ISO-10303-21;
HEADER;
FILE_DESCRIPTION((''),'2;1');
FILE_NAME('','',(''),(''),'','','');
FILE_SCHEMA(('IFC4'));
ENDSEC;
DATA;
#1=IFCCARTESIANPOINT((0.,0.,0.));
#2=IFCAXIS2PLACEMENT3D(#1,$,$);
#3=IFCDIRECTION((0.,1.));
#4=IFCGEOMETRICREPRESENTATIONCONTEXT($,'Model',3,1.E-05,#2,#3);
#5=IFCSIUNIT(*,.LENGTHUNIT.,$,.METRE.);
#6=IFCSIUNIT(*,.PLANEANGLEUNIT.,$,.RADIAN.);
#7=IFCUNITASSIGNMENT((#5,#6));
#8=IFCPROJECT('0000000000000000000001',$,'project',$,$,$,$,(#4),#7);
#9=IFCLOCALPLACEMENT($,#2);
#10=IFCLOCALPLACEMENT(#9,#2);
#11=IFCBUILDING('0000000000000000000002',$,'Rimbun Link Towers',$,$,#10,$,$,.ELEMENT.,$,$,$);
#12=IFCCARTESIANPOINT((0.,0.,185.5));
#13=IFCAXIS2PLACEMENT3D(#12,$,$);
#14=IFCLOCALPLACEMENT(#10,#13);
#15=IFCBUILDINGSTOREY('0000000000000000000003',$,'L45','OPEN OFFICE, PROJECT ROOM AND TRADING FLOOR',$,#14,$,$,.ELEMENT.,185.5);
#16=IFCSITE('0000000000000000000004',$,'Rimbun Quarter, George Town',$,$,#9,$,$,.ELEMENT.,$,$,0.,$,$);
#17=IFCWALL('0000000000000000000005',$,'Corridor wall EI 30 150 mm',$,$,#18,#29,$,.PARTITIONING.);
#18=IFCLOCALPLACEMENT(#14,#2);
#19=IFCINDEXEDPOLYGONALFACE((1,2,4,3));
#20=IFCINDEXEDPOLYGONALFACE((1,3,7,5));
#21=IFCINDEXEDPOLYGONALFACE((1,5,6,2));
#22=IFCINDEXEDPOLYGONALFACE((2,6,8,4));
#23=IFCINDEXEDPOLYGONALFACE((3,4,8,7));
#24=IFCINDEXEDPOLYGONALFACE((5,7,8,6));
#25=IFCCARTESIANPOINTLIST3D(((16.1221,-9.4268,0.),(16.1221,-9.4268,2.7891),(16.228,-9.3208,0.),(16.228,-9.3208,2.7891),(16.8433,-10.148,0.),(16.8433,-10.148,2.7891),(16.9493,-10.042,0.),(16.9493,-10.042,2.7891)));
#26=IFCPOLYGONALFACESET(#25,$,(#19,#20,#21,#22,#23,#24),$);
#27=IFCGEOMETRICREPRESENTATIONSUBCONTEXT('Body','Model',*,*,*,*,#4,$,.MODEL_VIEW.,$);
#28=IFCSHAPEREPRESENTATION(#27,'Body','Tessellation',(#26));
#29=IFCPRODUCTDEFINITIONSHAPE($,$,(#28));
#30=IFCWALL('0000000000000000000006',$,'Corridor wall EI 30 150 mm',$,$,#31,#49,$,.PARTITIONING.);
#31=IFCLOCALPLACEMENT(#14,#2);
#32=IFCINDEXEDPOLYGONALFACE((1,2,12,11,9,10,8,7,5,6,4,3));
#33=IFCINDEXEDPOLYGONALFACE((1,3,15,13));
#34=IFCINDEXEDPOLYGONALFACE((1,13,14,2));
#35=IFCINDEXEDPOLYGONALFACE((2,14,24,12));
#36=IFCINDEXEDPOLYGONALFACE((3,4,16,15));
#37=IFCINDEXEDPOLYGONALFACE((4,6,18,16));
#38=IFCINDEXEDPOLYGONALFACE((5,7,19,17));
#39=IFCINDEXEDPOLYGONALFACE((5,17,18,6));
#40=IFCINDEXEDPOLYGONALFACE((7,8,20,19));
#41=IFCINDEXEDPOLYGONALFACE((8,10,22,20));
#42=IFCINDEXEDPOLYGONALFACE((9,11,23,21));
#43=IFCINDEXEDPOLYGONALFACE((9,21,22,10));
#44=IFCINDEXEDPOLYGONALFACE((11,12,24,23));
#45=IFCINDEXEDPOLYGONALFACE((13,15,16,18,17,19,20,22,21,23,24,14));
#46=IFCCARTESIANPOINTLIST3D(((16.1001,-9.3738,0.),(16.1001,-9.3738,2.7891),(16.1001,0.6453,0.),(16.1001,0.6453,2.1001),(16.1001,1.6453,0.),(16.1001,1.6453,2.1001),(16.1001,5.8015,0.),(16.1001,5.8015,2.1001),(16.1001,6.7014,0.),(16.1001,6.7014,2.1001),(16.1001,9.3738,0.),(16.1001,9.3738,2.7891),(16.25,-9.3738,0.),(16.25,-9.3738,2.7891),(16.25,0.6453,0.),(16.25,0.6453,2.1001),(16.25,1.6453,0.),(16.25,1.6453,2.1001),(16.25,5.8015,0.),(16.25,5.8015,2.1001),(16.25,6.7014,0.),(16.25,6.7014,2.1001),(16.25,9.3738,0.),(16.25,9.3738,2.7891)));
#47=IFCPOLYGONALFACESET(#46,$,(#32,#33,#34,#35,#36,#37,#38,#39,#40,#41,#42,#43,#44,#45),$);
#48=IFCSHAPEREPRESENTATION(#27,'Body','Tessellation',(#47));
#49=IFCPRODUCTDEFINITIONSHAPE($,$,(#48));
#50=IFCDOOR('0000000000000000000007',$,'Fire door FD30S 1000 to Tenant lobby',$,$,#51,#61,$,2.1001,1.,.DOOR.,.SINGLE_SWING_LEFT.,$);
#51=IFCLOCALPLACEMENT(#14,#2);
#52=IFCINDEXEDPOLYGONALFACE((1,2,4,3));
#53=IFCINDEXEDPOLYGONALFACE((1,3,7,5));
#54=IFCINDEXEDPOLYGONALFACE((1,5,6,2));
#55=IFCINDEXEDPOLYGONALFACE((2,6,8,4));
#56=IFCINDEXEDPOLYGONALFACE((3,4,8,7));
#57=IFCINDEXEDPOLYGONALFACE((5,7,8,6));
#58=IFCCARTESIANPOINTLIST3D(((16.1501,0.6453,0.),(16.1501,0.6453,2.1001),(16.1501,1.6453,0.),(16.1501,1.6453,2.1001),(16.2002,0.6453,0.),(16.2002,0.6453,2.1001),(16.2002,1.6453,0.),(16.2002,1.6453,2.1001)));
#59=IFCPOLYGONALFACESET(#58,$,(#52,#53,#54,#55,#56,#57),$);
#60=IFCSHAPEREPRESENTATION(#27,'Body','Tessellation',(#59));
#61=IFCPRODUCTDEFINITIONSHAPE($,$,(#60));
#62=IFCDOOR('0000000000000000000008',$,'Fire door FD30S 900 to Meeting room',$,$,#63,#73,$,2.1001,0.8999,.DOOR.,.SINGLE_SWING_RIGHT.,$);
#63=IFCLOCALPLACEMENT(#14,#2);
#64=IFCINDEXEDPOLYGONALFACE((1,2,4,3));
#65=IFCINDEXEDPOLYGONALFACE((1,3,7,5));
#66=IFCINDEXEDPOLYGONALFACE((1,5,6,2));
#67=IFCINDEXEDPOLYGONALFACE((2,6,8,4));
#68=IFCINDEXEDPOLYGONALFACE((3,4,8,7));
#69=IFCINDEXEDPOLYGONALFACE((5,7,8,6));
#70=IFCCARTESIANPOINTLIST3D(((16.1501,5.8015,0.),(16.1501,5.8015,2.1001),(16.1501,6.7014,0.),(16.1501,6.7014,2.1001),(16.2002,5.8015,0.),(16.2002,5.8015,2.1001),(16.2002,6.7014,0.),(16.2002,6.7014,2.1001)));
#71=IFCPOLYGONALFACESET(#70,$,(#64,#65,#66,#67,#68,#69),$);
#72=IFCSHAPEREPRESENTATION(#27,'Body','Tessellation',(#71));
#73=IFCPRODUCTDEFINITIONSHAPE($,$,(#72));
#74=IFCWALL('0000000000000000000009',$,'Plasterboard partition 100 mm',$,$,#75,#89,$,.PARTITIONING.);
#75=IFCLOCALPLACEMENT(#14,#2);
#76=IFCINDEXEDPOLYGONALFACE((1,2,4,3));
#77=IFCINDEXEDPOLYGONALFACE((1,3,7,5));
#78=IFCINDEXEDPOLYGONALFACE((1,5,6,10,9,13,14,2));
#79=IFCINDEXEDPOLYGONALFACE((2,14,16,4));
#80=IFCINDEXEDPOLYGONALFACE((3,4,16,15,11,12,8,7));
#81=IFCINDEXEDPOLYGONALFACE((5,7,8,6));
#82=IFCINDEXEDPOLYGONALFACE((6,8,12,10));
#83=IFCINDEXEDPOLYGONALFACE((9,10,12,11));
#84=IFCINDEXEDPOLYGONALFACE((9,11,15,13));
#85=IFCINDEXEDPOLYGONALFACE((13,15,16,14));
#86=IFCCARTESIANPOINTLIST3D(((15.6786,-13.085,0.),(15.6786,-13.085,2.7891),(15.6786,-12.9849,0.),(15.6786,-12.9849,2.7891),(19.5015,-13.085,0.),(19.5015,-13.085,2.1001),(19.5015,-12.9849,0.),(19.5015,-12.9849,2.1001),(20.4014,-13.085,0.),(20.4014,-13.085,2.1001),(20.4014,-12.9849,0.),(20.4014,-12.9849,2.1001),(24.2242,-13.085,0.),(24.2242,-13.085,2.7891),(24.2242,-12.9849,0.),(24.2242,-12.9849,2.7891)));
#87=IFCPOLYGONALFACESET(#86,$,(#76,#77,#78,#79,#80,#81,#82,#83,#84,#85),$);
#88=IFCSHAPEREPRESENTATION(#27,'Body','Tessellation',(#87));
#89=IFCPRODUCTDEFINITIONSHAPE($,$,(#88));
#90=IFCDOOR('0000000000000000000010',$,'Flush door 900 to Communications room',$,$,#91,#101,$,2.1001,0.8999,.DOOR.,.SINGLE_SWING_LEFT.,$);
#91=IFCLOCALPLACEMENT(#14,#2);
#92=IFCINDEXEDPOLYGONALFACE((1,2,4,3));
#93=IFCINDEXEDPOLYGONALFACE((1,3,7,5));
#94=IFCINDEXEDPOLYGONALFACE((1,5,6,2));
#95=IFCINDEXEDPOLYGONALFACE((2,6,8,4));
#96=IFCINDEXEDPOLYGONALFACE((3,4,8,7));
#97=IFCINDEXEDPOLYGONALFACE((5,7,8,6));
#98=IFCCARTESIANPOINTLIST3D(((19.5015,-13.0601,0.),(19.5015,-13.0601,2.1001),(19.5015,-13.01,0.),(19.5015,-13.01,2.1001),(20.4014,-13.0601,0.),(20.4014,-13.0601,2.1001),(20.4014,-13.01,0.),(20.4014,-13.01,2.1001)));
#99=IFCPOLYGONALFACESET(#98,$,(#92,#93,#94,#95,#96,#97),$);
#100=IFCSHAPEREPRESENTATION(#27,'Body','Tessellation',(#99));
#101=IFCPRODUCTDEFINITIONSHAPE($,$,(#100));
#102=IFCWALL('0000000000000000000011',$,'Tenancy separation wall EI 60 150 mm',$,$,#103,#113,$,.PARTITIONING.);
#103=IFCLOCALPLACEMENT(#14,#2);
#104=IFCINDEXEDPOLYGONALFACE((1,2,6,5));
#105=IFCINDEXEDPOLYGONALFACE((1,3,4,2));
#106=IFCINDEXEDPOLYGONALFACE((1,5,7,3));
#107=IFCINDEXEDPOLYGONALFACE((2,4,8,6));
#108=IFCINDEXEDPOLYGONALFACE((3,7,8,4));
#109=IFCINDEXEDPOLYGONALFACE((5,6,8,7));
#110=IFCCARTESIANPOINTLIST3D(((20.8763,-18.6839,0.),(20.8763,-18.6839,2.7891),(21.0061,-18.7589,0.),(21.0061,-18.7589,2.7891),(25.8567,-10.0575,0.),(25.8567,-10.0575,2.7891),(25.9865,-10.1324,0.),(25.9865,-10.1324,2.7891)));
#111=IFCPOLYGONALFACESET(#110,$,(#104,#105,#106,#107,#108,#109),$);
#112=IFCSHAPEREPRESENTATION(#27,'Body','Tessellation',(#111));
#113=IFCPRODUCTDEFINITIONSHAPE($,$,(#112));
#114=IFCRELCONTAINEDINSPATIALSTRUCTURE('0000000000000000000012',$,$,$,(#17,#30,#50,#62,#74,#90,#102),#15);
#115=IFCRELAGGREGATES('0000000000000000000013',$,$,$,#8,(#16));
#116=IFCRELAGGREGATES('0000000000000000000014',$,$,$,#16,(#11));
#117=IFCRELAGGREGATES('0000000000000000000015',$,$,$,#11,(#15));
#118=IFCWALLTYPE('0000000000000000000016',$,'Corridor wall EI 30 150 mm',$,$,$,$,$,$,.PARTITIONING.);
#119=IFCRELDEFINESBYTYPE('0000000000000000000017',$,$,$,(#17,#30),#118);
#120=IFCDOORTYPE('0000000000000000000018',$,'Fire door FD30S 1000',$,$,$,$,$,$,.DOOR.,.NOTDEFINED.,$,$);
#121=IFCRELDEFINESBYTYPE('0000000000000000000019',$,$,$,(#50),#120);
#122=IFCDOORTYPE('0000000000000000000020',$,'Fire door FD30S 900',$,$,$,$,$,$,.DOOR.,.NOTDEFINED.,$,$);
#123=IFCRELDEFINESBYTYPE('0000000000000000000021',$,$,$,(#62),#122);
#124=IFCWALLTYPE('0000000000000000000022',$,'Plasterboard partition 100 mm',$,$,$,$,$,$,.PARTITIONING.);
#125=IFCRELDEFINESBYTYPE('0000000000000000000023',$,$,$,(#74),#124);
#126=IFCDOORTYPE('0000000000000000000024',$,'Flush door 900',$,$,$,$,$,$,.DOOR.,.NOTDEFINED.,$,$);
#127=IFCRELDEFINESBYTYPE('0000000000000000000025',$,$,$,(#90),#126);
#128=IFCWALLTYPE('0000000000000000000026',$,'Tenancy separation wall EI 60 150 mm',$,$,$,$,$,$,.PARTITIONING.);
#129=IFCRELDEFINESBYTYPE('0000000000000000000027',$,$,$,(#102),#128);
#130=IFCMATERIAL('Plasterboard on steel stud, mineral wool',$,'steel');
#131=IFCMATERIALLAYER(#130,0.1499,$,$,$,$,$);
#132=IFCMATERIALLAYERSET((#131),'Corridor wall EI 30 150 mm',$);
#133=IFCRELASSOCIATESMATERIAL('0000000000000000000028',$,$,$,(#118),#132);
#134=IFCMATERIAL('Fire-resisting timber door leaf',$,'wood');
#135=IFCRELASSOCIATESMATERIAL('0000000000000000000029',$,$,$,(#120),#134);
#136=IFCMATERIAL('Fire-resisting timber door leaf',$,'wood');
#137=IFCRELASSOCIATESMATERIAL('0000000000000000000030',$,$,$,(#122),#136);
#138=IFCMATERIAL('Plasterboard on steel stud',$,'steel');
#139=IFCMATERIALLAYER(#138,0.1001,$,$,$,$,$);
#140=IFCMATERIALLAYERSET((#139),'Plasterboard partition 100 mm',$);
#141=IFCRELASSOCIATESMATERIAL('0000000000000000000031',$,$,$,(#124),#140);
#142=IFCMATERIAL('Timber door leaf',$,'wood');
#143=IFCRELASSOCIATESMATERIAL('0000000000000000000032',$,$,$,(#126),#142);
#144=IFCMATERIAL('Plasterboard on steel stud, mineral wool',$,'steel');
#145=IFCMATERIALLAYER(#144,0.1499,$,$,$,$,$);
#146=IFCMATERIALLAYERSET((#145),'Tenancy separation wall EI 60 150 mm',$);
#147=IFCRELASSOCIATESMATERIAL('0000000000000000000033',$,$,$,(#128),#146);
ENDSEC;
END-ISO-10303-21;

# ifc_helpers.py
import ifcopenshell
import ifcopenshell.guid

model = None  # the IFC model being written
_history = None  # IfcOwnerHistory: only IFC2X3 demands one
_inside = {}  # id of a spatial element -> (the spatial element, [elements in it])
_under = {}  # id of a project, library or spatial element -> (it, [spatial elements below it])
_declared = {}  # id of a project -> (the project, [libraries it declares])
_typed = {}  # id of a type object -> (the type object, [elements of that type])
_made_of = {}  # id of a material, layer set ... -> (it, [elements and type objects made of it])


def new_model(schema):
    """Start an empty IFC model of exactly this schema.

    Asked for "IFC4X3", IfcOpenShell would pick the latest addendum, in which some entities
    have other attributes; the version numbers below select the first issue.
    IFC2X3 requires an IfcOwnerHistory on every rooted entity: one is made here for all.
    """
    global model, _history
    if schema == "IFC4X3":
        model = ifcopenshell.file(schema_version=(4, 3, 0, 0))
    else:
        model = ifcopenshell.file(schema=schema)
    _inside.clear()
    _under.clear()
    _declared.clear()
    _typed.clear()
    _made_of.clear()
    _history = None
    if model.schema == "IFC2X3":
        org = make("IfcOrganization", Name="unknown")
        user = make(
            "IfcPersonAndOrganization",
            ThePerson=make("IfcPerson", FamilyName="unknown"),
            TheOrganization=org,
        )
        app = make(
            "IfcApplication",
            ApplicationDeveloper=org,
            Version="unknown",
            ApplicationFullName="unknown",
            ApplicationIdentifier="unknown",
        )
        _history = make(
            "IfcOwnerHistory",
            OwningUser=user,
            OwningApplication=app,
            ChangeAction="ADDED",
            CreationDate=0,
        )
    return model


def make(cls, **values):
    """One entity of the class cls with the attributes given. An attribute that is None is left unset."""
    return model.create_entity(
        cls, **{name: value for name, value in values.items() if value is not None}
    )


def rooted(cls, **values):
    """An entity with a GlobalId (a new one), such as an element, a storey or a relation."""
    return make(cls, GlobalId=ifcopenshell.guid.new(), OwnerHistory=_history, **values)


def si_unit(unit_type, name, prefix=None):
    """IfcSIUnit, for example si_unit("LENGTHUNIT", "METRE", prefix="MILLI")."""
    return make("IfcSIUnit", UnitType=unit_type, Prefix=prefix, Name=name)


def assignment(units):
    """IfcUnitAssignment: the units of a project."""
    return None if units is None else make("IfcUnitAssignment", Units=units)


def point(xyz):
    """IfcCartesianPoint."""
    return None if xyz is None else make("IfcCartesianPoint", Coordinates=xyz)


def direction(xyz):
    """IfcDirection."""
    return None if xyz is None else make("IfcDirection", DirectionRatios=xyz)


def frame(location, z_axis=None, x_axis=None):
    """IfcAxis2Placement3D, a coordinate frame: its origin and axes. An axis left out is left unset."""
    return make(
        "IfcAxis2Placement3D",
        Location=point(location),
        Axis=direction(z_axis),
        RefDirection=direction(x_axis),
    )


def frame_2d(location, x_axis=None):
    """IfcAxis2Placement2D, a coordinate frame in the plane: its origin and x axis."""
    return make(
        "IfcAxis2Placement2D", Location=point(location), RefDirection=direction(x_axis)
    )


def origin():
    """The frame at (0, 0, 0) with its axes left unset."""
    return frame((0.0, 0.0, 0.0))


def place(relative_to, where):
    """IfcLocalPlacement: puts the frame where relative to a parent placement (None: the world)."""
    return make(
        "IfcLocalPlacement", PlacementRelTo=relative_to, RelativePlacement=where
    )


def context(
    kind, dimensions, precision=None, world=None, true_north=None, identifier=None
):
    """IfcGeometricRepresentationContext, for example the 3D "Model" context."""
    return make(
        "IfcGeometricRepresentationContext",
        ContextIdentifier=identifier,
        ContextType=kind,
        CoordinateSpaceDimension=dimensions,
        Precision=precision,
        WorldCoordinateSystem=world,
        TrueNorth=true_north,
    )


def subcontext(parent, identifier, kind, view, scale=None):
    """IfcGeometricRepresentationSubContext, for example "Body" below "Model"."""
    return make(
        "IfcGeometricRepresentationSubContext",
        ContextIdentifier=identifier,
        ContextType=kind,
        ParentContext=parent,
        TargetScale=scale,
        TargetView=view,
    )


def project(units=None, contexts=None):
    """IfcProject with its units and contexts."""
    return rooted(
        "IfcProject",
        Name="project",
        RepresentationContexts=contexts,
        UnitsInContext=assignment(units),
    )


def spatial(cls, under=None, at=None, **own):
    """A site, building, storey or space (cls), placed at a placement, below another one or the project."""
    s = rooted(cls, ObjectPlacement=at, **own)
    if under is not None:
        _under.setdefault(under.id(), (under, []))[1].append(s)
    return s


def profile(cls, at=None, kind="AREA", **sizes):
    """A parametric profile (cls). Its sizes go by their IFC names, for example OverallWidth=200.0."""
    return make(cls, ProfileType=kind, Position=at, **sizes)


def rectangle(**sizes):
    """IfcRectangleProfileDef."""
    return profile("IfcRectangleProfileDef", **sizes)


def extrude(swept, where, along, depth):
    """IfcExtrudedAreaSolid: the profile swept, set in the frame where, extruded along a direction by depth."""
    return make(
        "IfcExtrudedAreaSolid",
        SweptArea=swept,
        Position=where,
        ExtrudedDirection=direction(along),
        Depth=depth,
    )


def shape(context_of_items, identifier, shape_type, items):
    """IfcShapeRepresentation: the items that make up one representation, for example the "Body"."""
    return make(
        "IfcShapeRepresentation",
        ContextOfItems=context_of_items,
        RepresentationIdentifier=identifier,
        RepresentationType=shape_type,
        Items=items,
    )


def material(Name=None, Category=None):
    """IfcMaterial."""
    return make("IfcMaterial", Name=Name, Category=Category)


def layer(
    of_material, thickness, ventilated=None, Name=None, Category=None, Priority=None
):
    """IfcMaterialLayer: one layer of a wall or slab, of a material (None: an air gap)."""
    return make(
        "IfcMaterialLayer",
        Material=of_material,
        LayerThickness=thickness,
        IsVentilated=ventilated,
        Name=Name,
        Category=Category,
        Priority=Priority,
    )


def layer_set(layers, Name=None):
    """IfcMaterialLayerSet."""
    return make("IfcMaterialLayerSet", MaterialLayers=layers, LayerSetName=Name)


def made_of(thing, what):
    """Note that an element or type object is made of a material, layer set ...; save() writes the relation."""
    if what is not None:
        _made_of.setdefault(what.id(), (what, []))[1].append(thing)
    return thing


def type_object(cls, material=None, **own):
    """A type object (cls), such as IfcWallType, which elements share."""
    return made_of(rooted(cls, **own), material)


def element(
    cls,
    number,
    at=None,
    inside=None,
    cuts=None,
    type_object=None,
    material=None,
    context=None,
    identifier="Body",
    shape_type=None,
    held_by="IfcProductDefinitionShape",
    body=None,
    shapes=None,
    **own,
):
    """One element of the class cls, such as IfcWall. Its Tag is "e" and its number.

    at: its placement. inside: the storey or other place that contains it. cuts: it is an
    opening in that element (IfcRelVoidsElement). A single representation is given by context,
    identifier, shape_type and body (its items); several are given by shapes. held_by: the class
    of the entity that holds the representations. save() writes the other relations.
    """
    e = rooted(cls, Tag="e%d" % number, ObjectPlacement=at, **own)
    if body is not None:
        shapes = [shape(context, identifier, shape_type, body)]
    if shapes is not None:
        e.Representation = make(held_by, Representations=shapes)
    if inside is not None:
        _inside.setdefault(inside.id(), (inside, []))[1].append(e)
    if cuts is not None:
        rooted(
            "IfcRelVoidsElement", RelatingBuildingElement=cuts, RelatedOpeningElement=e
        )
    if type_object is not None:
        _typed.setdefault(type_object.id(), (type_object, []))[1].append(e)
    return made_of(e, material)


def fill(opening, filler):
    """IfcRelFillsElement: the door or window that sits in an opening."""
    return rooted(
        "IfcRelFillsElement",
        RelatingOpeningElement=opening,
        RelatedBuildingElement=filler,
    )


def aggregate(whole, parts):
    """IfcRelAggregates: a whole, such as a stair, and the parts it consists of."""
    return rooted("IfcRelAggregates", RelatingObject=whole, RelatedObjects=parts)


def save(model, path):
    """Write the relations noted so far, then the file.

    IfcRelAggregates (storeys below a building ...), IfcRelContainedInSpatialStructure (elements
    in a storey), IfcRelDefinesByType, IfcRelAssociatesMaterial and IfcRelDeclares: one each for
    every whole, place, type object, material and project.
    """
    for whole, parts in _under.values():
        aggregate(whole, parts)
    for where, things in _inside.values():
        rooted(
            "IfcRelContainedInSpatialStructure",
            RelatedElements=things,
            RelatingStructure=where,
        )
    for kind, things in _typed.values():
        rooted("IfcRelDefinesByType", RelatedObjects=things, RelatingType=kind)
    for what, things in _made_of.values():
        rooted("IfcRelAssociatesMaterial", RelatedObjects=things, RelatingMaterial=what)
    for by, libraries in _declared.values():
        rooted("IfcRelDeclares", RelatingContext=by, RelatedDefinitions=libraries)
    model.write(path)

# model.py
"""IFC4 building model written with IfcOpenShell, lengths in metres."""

from ifc_helpers import new_model, si_unit, direction, frame, frame_2d, origin, place, context, subcontext, project, spatial, rectangle, extrude, material, layer, layer_set, type_object, element, fill, save


model = new_model("IFC4")

# Units and contexts
model_context = context("Model", 3, precision=1e-05, world=origin(), true_north=direction((0.0, 1.0)))
body_context = subcontext(model_context, "Body", "Model", "MODEL_VIEW")
ifc_project = project(units=[si_unit("LENGTHUNIT", "METRE"), si_unit("PLANEANGLEUNIT", "RADIAN")], contexts=[model_context])

# Site, building, storey
site_placement = place(None, origin())
site = spatial("IfcSite", under=ifc_project, at=site_placement, Name="Rimbun Quarter, George Town", CompositionType="ELEMENT", RefElevation=0.0)
building_placement = place(site_placement, origin())
building = spatial("IfcBuilding", under=site, at=building_placement, Name="Rimbun Link Towers", CompositionType="ELEMENT")
storey_placement = place(building_placement, frame((0.0, 0.0, 185.5)))
storey = spatial("IfcBuildingStorey", under=building, at=storey_placement, Name="L45", Description="OPEN OFFICE, PROJECT ROOM AND TRADING FLOOR", CompositionType="ELEMENT", Elevation=185.5)

# Wall
ifc_material_1 = material(Name="Plasterboard on steel stud, mineral wool", Category="steel")
ifc_layer_1 = layer(ifc_material_1, 0.1499)
ifc_layer_set_1 = layer_set([ifc_layer_1], Name="Corridor wall EI 30 150 mm")
wall_type_1 = type_object("IfcWallType", Name="Corridor wall EI 30 150 mm", PredefinedType="PARTITIONING", material=ifc_layer_set_1)
wall_1_placement = place(storey_placement, frame((16.175, -9.3738, 0.0), z_axis=(0.0, 0.0, 1.0), x_axis=(0.707107, -0.707107, 0.0)))
element("IfcWall", 1, at=wall_1_placement, inside=storey, type_object=wall_type_1, Name="Corridor wall EI 30 150 mm", PredefinedType="PARTITIONING", context=body_context, shape_type="SweptSolid", body=[
    extrude(rectangle(XDim=1.02, YDim=0.1499, at=frame_2d((0.51, 0.0))), origin(), (0.0, 0.0, 1.0), 2.7891),
])

# Wall, openings, doors
wall_2_placement = place(storey_placement, frame((16.175, -9.3738, 0.0), z_axis=(0.0, 0.0, 1.0), x_axis=(0.0, 1.0, 0.0)))
wall_2 = element("IfcWall", 2, at=wall_2_placement, inside=storey, type_object=wall_type_1, Name="Corridor wall EI 30 150 mm", PredefinedType="PARTITIONING", context=body_context, shape_type="SweptSolid", body=[
    extrude(rectangle(XDim=18.7476, YDim=0.1499, at=frame_2d((9.3738, 0.0))), origin(), (0.0, 0.0, 1.0), 2.7891),
])
opening_1_placement = place(wall_2_placement, frame((15.1753, 0.0, 0.0)))
opening_1 = element("IfcOpeningElement", 3, at=opening_1_placement, cuts=wall_2, PredefinedType="OPENING", context=body_context, shape_type="SweptSolid", body=[
    extrude(rectangle(XDim=0.8999, YDim=2.1001, at=frame_2d((0.45, 1.05))), frame((0.0, 0.085, 0.0), z_axis=(0.0, -1.0, 0.0), x_axis=(1.0, 0.0, 0.0)), (0.0, 0.0, 1.0), 0.1699),
])
opening_2_placement = place(wall_2_placement, frame((10.019, 0.0, 0.0)))
opening_2 = element("IfcOpeningElement", 4, at=opening_2_placement, cuts=wall_2, PredefinedType="OPENING", context=body_context, shape_type="SweptSolid", body=[
    extrude(rectangle(XDim=1.0, YDim=2.1001, at=frame_2d((0.5, 1.05))), frame((0.0, 0.085, 0.0), z_axis=(0.0, -1.0, 0.0), x_axis=(1.0, 0.0, 0.0)), (0.0, 0.0, 1.0), 0.1699),
])
ifc_material_2 = material(Name="Fire-resisting timber door leaf", Category="wood")
door_type_1 = type_object("IfcDoorType", Name="Fire door FD30S 1000", OperationType="NOTDEFINED", PredefinedType="DOOR", material=ifc_material_2)
door_1_placement = place(opening_2_placement, origin())
door_1 = element("IfcDoor", 5, at=door_1_placement, inside=storey, type_object=door_type_1, Name="Fire door FD30S 1000 to Tenant lobby", OperationType="SINGLE_SWING_LEFT", OverallHeight=2.1001, OverallWidth=1.0, PredefinedType="DOOR", context=body_context, shape_type="SweptSolid", body=[
    extrude(rectangle(XDim=1.0, YDim=2.1001, at=frame_2d((0.5, 1.05))), frame((0.0, 0.0249, 0.0), z_axis=(0.0, -1.0, 0.0), x_axis=(1.0, 0.0, 0.0)), (0.0, 0.0, 1.0), 0.05),
])
fill(opening_2, door_1)
ifc_material_3 = material(Name="Fire-resisting timber door leaf", Category="wood")
door_type_2 = type_object("IfcDoorType", Name="Fire door FD30S 900", OperationType="NOTDEFINED", PredefinedType="DOOR", material=ifc_material_3)
door_2_placement = place(opening_1_placement, origin())
door_2 = element("IfcDoor", 6, at=door_2_placement, inside=storey, type_object=door_type_2, Name="Fire door FD30S 900 to Meeting room", OperationType="SINGLE_SWING_RIGHT", OverallHeight=2.1001, OverallWidth=0.8999, PredefinedType="DOOR", context=body_context, shape_type="SweptSolid", body=[
    extrude(rectangle(XDim=0.8999, YDim=2.1001, at=frame_2d((0.45, 1.05))), frame((0.0, 0.0249, 0.0), z_axis=(0.0, -1.0, 0.0), x_axis=(1.0, 0.0, 0.0)), (0.0, 0.0, 1.0), 0.05),
])
fill(opening_1, door_2)

# Wall, opening, door
ifc_material_4 = material(Name="Plasterboard on steel stud", Category="steel")
ifc_layer_2 = layer(ifc_material_4, 0.1001)
ifc_layer_set_2 = layer_set([ifc_layer_2], Name="Plasterboard partition 100 mm")
wall_type_2 = type_object("IfcWallType", Name="Plasterboard partition 100 mm", PredefinedType="PARTITIONING", material=ifc_layer_set_2)
wall_3_placement = place(storey_placement, frame((15.6785, -13.0349, 0.0), z_axis=(0.0, 0.0, 1.0), x_axis=(1.0, 0.0, 0.0)))
wall_3 = element("IfcWall", 7, at=wall_3_placement, inside=storey, type_object=wall_type_2, Name="Plasterboard partition 100 mm", PredefinedType="PARTITIONING", context=body_context, shape_type="SweptSolid", body=[
    extrude(rectangle(XDim=8.5457, YDim=0.1001, at=frame_2d((4.2729, 0.0))), origin(), (0.0, 0.0, 1.0), 2.7891),
])
opening_3_placement = place(wall_3_placement, frame((3.823, 0.0, 0.0)))
opening_3 = element("IfcOpeningElement", 8, at=opening_3_placement, cuts=wall_3, PredefinedType="OPENING", context=body_context, shape_type="SweptSolid", body=[
    extrude(rectangle(XDim=0.8999, YDim=2.1001, at=frame_2d((0.45, 1.05))), frame((0.0, 0.0601, 0.0), z_axis=(0.0, -1.0, 0.0), x_axis=(1.0, 0.0, 0.0)), (0.0, 0.0, 1.0), 0.1201),
])
ifc_material_5 = material(Name="Timber door leaf", Category="wood")
door_type_3 = type_object("IfcDoorType", Name="Flush door 900", OperationType="NOTDEFINED", PredefinedType="DOOR", material=ifc_material_5)
door_3_placement = place(opening_3_placement, origin())
door_3 = element("IfcDoor", 9, at=door_3_placement, inside=storey, type_object=door_type_3, Name="Flush door 900 to Communications room", OperationType="SINGLE_SWING_LEFT", OverallHeight=2.1001, OverallWidth=0.8999, PredefinedType="DOOR", context=body_context, shape_type="SweptSolid", body=[
    extrude(rectangle(XDim=0.8999, YDim=2.1001, at=frame_2d((0.45, 1.05))), frame((0.0, 0.0249, 0.0), z_axis=(0.0, -1.0, 0.0), x_axis=(1.0, 0.0, 0.0)), (0.0, 0.0, 1.0), 0.05),
])
fill(opening_3, door_3)

# Wall
ifc_material_6 = material(Name="Plasterboard on steel stud, mineral wool", Category="steel")
ifc_layer_3 = layer(ifc_material_6, 0.1499)
ifc_layer_set_3 = layer_set([ifc_layer_3], Name="Tenancy separation wall EI 60 150 mm")
wall_type_3 = type_object("IfcWallType", Name="Tenancy separation wall EI 60 150 mm", PredefinedType="PARTITIONING", material=ifc_layer_set_3)
wall_4_placement = place(storey_placement, frame((25.9216, -10.095, 0.0), z_axis=(0.0, 0.0, 1.0), x_axis=(-0.499998, -0.866026, 0.0)))
element("IfcWall", 10, at=wall_4_placement, inside=storey, type_object=wall_type_3, Name="Tenancy separation wall EI 60 150 mm", PredefinedType="PARTITIONING", context=body_context, shape_type="SweptSolid", body=[
    extrude(rectangle(XDim=9.9609, YDim=0.1499, at=frame_2d((4.9805, 0.0))), origin(), (0.0, 0.0, 1.0), 2.7891),
])

save(model, "model.ifc")
